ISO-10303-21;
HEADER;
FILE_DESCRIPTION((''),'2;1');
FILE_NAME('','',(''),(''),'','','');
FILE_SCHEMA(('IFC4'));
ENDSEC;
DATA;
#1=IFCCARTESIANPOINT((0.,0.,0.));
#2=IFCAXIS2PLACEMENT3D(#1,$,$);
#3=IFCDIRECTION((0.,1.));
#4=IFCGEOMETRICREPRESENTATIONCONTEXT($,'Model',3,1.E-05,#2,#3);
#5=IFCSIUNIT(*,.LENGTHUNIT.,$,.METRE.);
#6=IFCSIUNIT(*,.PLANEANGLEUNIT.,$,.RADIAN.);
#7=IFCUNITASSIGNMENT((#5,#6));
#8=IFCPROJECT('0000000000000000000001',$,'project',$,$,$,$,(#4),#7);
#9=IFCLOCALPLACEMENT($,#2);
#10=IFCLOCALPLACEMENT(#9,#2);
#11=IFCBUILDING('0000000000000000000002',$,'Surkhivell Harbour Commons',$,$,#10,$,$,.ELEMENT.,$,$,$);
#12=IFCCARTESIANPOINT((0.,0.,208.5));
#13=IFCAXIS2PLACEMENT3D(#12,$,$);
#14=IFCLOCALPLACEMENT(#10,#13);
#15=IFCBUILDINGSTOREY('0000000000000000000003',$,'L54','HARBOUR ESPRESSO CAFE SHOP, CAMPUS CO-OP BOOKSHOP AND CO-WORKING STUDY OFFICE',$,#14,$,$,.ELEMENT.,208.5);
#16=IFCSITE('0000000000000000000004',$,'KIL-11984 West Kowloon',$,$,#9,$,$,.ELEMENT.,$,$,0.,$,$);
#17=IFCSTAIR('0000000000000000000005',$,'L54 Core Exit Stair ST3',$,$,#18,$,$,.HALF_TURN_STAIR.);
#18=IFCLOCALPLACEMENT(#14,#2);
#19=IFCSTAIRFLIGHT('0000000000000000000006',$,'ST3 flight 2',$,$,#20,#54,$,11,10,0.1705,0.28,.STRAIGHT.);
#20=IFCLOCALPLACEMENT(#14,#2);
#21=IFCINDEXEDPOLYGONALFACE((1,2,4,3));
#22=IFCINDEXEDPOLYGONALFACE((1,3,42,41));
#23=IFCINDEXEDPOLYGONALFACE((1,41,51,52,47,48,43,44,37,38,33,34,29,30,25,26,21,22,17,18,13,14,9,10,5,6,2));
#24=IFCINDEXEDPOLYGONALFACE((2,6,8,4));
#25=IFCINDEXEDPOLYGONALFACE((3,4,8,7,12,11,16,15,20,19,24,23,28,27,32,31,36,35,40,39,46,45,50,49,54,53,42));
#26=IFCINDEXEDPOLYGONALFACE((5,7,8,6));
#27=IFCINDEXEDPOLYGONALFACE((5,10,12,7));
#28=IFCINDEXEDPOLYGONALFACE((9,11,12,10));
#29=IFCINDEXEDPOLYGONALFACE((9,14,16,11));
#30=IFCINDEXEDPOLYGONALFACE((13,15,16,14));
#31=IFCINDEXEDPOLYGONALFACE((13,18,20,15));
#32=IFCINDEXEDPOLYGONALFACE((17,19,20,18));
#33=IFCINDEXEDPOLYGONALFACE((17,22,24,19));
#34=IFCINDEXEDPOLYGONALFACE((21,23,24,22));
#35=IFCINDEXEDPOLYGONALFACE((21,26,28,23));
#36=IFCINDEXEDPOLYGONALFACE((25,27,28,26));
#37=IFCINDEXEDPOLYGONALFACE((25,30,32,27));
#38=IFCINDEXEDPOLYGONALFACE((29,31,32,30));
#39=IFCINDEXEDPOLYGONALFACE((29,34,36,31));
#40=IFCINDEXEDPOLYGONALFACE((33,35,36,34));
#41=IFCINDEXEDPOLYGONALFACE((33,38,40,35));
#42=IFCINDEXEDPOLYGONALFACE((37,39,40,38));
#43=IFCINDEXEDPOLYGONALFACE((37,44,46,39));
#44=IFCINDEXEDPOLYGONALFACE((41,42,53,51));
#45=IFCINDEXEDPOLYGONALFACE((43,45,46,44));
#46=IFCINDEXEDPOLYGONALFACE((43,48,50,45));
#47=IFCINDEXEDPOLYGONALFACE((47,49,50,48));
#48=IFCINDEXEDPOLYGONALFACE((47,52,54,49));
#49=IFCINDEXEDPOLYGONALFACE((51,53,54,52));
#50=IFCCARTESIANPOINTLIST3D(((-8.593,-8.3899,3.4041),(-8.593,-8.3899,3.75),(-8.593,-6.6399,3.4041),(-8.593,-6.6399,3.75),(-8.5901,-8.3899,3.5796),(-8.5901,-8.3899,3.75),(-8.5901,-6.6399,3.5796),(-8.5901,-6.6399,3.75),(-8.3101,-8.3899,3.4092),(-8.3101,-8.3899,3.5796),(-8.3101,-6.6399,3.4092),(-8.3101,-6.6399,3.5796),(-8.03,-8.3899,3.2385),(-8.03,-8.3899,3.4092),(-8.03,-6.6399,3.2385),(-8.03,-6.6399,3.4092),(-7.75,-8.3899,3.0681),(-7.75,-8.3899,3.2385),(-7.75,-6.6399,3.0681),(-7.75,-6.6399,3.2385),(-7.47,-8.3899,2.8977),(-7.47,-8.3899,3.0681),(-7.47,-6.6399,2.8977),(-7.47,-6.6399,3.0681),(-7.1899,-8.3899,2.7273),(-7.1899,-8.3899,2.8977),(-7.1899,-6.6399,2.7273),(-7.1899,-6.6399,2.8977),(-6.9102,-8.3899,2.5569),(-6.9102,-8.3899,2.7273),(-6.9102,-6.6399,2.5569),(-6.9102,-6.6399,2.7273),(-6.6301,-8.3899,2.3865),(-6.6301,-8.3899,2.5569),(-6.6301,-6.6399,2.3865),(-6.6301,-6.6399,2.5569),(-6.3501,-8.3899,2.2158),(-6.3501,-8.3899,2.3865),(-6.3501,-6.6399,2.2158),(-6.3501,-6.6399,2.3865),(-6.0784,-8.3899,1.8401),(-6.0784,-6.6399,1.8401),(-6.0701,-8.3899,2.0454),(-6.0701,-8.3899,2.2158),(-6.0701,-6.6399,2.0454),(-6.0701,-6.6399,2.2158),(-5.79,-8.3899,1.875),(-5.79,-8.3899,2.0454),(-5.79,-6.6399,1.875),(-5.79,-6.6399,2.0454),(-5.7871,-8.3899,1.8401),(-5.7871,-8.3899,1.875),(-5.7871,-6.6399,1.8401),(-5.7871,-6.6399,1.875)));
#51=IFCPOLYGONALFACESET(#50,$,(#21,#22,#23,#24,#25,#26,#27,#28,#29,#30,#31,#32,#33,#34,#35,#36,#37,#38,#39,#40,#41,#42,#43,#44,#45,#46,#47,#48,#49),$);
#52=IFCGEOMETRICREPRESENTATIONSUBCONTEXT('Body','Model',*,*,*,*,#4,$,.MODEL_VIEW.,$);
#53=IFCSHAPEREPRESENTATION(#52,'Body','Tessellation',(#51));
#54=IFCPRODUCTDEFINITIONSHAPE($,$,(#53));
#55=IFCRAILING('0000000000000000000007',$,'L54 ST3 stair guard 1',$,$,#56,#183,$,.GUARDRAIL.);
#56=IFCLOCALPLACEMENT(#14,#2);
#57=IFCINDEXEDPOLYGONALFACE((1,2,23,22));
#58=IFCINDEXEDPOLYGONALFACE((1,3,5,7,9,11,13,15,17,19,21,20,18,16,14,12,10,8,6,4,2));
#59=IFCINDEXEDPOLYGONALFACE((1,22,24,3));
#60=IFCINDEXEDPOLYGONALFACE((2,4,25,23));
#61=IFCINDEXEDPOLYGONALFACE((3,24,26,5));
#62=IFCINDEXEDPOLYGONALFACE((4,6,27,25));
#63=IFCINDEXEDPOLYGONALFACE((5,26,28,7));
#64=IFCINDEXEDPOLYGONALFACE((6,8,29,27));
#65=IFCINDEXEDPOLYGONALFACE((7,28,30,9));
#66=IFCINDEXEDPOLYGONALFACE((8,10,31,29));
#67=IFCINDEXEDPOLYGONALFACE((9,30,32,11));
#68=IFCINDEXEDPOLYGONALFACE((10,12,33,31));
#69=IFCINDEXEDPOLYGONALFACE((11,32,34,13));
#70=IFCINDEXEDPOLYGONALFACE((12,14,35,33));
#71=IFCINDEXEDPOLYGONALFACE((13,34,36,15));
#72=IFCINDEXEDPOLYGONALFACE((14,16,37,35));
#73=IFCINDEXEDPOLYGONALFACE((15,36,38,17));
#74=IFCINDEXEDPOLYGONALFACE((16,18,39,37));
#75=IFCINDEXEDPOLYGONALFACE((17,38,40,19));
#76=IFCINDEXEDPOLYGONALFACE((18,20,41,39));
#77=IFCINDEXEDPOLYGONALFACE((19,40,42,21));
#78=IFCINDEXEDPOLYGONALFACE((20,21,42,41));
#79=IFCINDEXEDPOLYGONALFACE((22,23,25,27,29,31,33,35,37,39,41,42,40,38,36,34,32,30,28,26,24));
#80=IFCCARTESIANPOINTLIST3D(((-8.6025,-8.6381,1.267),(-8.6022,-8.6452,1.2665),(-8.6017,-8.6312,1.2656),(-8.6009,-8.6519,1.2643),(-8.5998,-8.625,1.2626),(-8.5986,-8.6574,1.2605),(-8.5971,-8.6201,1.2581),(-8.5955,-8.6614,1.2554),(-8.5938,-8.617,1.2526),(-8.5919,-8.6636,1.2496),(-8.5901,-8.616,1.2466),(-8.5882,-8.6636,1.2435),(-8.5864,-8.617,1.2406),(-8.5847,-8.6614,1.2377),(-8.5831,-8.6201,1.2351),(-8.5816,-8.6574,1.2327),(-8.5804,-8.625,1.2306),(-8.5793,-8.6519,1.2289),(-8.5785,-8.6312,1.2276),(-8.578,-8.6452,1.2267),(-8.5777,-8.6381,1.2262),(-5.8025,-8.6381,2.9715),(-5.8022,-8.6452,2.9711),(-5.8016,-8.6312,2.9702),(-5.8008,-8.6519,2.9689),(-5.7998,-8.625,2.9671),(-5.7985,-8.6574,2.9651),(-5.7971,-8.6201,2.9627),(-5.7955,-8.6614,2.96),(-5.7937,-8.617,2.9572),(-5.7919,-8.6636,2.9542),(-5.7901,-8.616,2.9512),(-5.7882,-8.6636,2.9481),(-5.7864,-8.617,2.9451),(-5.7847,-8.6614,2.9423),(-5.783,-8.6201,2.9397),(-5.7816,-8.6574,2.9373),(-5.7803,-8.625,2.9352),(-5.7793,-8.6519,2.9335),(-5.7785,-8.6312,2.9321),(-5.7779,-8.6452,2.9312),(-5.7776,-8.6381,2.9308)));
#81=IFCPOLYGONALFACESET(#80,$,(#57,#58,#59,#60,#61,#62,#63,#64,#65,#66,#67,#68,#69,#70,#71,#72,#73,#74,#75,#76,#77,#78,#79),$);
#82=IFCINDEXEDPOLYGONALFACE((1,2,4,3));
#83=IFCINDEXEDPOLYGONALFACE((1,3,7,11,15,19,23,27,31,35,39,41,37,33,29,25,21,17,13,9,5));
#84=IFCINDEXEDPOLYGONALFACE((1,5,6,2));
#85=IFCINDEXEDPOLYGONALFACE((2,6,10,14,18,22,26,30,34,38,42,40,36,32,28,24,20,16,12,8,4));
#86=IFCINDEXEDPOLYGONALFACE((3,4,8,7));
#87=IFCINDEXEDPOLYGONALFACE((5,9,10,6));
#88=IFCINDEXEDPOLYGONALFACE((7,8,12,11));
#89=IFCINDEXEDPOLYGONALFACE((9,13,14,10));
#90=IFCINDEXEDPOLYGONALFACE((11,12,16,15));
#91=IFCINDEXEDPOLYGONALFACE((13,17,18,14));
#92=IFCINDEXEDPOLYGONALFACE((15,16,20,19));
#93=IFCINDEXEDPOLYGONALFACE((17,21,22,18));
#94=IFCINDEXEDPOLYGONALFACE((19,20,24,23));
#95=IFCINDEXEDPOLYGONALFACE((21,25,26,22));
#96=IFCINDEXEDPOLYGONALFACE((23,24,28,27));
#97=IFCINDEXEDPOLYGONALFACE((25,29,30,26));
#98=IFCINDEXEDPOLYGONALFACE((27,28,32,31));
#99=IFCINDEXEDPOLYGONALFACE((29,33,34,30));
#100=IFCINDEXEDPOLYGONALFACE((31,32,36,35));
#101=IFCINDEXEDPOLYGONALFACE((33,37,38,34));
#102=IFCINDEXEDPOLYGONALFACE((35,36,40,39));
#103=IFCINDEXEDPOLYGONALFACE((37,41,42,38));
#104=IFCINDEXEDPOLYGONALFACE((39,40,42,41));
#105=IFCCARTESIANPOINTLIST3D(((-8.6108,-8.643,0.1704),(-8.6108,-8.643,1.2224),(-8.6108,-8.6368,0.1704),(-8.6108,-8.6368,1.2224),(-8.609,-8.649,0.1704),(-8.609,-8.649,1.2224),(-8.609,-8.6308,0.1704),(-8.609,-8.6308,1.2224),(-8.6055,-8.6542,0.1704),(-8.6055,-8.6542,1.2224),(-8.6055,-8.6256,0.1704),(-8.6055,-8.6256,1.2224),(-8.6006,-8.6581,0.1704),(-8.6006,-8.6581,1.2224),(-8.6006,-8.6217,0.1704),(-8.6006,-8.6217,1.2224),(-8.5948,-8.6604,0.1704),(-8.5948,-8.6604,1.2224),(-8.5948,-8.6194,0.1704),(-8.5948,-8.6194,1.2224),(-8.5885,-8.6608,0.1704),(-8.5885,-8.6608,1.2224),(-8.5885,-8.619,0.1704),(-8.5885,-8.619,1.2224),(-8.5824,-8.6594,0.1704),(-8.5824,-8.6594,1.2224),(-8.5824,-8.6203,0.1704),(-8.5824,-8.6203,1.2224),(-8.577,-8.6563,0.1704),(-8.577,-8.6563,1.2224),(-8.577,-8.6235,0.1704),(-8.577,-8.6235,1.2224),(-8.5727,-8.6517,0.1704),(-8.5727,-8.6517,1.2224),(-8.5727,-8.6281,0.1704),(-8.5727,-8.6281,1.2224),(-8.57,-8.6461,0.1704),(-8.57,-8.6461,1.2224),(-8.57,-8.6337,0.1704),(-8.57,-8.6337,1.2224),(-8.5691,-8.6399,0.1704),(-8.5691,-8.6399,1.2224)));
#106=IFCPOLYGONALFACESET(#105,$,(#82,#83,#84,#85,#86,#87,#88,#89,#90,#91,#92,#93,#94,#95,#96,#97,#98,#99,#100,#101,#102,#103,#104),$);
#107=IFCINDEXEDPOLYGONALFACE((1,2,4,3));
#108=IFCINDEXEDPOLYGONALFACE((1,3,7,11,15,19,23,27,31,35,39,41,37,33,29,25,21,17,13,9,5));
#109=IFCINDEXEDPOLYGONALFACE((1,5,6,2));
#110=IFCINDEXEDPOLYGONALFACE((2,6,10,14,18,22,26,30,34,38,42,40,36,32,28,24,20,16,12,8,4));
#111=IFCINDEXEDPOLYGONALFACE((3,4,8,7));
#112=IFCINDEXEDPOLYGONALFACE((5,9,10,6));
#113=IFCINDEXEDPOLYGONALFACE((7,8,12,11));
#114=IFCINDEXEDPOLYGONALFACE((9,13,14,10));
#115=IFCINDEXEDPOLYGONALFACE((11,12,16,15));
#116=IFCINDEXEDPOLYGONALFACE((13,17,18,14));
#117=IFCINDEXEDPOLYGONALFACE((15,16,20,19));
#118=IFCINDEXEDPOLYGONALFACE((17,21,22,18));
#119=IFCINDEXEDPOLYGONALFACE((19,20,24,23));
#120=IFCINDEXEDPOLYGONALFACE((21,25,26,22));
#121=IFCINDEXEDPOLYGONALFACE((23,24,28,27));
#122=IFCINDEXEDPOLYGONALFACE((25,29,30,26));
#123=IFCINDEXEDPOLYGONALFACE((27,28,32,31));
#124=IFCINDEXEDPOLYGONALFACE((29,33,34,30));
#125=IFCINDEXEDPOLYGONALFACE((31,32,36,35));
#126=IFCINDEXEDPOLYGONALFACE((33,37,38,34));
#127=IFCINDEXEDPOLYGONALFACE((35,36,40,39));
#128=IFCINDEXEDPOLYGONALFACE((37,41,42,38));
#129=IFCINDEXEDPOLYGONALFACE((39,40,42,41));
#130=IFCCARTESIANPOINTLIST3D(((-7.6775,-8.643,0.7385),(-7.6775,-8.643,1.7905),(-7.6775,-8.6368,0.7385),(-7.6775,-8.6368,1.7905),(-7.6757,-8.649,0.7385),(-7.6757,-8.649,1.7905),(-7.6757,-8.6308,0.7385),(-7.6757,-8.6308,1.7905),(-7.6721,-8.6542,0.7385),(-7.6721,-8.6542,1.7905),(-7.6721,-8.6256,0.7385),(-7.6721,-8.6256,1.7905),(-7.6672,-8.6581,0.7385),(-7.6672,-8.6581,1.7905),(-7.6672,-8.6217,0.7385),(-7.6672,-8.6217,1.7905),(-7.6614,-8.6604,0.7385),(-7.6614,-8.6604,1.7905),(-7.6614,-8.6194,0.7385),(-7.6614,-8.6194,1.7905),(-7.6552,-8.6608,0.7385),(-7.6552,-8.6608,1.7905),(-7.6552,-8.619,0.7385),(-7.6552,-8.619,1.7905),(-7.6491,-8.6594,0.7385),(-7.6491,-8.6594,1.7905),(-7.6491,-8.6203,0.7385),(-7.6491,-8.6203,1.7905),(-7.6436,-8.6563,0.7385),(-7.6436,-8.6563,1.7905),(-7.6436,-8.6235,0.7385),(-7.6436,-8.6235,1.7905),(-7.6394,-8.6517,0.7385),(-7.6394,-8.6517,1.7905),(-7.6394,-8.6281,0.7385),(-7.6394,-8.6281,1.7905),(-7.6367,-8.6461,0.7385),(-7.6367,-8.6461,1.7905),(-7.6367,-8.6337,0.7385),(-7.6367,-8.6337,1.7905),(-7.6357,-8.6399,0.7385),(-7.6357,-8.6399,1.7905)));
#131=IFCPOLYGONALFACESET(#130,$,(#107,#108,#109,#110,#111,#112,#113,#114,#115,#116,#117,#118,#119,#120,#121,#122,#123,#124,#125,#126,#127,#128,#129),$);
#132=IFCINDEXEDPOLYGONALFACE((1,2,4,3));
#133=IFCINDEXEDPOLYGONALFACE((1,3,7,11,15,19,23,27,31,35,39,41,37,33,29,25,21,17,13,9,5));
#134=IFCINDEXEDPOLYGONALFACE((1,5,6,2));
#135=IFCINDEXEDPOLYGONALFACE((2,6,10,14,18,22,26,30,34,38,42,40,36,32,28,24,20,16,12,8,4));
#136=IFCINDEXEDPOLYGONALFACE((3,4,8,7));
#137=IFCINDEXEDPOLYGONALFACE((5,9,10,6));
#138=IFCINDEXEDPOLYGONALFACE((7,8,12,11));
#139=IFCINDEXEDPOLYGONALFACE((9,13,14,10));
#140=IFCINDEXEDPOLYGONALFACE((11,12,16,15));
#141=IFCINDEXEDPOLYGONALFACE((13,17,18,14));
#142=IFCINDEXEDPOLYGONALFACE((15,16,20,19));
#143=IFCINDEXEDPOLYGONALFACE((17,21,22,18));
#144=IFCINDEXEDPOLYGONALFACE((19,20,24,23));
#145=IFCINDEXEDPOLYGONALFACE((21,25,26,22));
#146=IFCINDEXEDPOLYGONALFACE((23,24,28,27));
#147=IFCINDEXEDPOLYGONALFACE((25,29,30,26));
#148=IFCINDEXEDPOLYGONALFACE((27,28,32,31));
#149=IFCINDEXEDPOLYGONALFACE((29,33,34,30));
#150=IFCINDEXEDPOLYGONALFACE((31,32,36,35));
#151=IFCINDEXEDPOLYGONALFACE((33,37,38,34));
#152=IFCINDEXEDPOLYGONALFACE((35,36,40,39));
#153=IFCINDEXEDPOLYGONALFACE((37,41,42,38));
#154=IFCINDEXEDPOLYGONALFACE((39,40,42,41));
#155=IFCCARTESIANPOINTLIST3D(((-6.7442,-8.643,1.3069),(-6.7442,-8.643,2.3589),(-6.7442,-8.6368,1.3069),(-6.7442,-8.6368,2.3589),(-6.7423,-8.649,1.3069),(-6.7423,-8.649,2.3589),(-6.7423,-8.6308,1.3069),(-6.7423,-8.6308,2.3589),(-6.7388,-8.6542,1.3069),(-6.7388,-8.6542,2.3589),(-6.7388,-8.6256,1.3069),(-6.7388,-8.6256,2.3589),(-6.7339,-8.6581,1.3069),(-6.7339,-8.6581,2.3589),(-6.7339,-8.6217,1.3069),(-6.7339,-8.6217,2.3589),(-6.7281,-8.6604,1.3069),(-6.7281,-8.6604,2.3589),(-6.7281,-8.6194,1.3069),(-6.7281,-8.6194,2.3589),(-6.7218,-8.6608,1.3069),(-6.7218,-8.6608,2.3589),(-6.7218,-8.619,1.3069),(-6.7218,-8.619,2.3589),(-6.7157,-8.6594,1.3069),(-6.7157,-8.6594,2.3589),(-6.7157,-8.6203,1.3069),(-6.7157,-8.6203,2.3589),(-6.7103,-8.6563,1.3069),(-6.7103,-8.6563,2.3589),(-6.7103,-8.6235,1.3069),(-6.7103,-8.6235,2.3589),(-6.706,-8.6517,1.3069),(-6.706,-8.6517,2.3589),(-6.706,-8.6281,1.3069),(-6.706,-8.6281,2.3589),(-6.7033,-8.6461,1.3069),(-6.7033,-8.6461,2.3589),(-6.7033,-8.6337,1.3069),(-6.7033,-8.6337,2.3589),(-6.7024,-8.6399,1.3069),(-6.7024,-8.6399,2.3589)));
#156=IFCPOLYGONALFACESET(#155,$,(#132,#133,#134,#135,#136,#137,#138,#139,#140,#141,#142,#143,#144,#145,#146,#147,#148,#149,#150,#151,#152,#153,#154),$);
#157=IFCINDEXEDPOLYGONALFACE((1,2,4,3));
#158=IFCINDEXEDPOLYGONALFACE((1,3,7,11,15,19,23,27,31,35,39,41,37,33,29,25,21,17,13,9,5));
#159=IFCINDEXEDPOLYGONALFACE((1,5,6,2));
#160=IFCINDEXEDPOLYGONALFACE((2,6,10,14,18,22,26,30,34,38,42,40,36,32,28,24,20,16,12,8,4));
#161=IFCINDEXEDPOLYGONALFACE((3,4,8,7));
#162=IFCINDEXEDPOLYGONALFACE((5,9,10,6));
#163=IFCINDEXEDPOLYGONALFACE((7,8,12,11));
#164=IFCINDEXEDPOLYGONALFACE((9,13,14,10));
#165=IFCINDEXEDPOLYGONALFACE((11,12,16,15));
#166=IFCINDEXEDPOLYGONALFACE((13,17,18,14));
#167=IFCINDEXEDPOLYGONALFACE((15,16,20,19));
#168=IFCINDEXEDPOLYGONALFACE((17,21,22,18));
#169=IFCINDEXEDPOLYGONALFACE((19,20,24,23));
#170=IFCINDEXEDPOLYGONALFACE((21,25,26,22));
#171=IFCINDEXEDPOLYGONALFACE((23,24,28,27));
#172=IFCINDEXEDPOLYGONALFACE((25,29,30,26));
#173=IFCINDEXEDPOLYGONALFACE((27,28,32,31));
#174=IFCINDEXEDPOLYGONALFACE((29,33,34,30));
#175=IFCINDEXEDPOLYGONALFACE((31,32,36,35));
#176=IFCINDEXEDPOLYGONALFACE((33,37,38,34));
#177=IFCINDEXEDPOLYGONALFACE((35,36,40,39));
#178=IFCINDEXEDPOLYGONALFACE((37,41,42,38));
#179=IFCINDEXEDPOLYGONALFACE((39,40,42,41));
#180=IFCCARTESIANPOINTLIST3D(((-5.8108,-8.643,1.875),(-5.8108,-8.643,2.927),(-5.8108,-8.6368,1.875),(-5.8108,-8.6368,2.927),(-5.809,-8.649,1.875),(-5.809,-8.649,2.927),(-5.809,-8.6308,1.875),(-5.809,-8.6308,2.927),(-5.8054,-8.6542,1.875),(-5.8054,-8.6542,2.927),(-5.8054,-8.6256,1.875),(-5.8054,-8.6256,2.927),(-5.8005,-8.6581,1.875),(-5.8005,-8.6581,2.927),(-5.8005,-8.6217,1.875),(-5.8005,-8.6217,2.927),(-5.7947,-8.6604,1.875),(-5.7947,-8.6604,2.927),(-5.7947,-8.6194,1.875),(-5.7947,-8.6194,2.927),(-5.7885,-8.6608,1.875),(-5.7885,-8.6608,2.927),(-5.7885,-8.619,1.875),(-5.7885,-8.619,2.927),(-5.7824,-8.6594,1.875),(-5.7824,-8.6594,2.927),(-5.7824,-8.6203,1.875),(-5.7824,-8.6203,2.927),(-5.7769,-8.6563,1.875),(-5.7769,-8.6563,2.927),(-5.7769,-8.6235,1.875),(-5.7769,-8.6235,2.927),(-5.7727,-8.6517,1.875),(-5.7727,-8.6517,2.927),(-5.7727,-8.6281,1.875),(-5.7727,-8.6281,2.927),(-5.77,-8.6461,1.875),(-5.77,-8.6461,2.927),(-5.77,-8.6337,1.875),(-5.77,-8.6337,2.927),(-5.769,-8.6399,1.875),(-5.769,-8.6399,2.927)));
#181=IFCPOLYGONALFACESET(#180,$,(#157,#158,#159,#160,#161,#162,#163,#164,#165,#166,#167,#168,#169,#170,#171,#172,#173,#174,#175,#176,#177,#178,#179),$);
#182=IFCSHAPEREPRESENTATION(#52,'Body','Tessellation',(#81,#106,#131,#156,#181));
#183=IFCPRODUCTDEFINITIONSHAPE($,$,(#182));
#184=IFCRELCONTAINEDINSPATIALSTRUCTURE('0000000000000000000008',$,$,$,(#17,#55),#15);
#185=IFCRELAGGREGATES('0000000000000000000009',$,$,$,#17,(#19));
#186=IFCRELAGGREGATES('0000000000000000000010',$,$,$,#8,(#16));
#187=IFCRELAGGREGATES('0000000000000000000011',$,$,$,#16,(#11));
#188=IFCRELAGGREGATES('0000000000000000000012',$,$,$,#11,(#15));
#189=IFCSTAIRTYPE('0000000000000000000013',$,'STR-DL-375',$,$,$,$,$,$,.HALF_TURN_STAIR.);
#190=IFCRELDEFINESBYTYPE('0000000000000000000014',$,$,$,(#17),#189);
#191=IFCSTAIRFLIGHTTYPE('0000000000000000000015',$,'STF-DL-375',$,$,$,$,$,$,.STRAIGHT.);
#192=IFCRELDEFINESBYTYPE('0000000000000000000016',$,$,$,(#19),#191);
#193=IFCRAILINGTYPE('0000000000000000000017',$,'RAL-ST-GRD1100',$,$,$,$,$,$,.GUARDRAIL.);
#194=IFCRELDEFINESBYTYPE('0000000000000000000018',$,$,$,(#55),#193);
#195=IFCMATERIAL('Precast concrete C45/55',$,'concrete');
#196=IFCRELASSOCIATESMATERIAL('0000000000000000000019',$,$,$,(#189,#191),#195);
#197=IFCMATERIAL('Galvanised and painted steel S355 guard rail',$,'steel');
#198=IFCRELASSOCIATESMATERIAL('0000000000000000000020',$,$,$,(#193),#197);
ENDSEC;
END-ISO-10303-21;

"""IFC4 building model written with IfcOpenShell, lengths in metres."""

from ifc_helpers import new_model, si_unit, direction, frame, origin, origin_2d, place, context, subcontext, project, spatial, polyline, circle, outline, extrude, material, type_object, element, aggregate, save


model = new_model("IFC4")

# Units and contexts
model_context = context("Model", 3, precision=1e-05, world=origin(), true_north=direction((0.0, 1.0)))
body_context = subcontext(model_context, "Body", "Model", "MODEL_VIEW")
ifc_project = project(units=[si_unit("LENGTHUNIT", "METRE"), si_unit("PLANEANGLEUNIT", "RADIAN")], contexts=[model_context])

# Site, building, storey
site_placement = place(None, origin())
site = spatial("IfcSite", under=ifc_project, at=site_placement, Name="KIL-11984 West Kowloon", CompositionType="ELEMENT", RefElevation=0.0)
building_placement = place(site_placement, origin())
building = spatial("IfcBuilding", under=site, at=building_placement, Name="Surkhivell Harbour Commons", CompositionType="ELEMENT")
storey_placement = place(building_placement, frame((0.0, 0.0, 208.5)))
storey = spatial("IfcBuildingStorey", under=building, at=storey_placement, Name="L54", Description="HARBOUR ESPRESSO CAFE SHOP, CAMPUS CO-OP BOOKSHOP AND CO-WORKING STUDY OFFICE", CompositionType="ELEMENT", Elevation=208.5)

# Stair, stair flight
ifc_material_1 = material(Name="Precast concrete C45/55", Category="concrete")
stair_type = type_object("IfcStairType", Name="STR-DL-375", PredefinedType="HALF_TURN_STAIR", material=ifc_material_1)
stair_placement = place(storey_placement, origin())
stair = element("IfcStair", 1, at=stair_placement, inside=storey, type_object=stair_type, Name="L54 Core Exit Stair ST3", PredefinedType="HALF_TURN_STAIR")
stair_flight_type = type_object("IfcStairFlightType", Name="STF-DL-375", PredefinedType="STRAIGHT", material=ifc_material_1)
stair_flight_1_placement = place(storey_placement, frame((-5.79, -7.5149, 1.875), z_axis=(0.0, 0.0, 1.0), x_axis=(-1.0, 0.0, 0.0)))
stair_flight_1 = element("IfcStairFlight", 2, at=stair_flight_1_placement, type_object=stair_flight_type, Name="ST3 flight 2", NumberOfRisers=11, NumberOfTreads=10, PredefinedType="STRAIGHT", RiserHeight=0.1705, TreadLength=0.28, context=body_context, shape_type="SweptSolid", body=[
    extrude(outline(polyline([(-0.0029, -0.0349), (-0.0029, 0.0), (0.0, 0.0), (0.0, 0.1704), (0.28, 0.1704), (0.28, 0.3408), (0.5601, 0.3408), (0.5601, 0.5115), (0.8401, 0.5115), (0.8401, 0.6819), (1.1201, 0.6819), (1.1201, 0.8523), (1.3999, 0.8523), (1.3999, 1.0227), (1.6799, 1.0227), (1.6799, 1.1931), (1.96, 1.1931), (1.96, 1.3635), (2.24, 1.3635), (2.24, 1.5342), (2.52, 1.5342), (2.52, 1.7046), (2.8, 1.7046), (2.8, 1.875), (2.803, 1.875), (2.803, 1.5291), (0.2883, -0.0349), (-0.0029, -0.0349)])), frame((0.0, 0.875, 0.0), z_axis=(0.0, -1.0, 0.0), x_axis=(1.0, 0.0, 0.0)), (0.0, 0.0, 1.0), 1.75),
])
aggregate(stair, [stair_flight_1])

# Railing
ifc_material_2 = material(Name="Galvanised and painted steel S355 guard rail", Category="steel")
railing_type_1 = type_object("IfcRailingType", Name="RAL-ST-GRD1100", PredefinedType="GUARDRAIL", material=ifc_material_2)
railing_1_placement = place(storey_placement, frame((-8.5901, -8.6399, 0.1704)))
element("IfcRailing", 3, at=railing_1_placement, inside=storey, type_object=railing_type_1, Name="L54 ST3 stair guard 1", PredefinedType="GUARDRAIL", context=body_context, shape_type="SweptSolid", body=[
    extrude(circle(Radius=0.0239, at=origin_2d()), frame((0.0, 0.0, 1.0762), z_axis=(0.85417, 0.0, 0.519994), x_axis=(0.0, 1.0, 0.0)), (0.0, 0.0, 1.0), 3.2781),
    extrude(circle(Radius=0.021, at=origin_2d()), origin(), (0.0, 0.0, 1.0), 1.052),
    extrude(circle(Radius=0.021, at=origin_2d()), frame((0.9333, 0.0, 0.5681)), (0.0, 0.0, 1.0), 1.052),
    extrude(circle(Radius=0.021, at=origin_2d()), frame((1.8667, 0.0, 1.1365)), (0.0, 0.0, 1.0), 1.052),
    extrude(circle(Radius=0.021, at=origin_2d()), frame((2.8, 0.0, 1.7046)), (0.0, 0.0, 1.0), 1.052),
])

save(model, "model.ifc")
